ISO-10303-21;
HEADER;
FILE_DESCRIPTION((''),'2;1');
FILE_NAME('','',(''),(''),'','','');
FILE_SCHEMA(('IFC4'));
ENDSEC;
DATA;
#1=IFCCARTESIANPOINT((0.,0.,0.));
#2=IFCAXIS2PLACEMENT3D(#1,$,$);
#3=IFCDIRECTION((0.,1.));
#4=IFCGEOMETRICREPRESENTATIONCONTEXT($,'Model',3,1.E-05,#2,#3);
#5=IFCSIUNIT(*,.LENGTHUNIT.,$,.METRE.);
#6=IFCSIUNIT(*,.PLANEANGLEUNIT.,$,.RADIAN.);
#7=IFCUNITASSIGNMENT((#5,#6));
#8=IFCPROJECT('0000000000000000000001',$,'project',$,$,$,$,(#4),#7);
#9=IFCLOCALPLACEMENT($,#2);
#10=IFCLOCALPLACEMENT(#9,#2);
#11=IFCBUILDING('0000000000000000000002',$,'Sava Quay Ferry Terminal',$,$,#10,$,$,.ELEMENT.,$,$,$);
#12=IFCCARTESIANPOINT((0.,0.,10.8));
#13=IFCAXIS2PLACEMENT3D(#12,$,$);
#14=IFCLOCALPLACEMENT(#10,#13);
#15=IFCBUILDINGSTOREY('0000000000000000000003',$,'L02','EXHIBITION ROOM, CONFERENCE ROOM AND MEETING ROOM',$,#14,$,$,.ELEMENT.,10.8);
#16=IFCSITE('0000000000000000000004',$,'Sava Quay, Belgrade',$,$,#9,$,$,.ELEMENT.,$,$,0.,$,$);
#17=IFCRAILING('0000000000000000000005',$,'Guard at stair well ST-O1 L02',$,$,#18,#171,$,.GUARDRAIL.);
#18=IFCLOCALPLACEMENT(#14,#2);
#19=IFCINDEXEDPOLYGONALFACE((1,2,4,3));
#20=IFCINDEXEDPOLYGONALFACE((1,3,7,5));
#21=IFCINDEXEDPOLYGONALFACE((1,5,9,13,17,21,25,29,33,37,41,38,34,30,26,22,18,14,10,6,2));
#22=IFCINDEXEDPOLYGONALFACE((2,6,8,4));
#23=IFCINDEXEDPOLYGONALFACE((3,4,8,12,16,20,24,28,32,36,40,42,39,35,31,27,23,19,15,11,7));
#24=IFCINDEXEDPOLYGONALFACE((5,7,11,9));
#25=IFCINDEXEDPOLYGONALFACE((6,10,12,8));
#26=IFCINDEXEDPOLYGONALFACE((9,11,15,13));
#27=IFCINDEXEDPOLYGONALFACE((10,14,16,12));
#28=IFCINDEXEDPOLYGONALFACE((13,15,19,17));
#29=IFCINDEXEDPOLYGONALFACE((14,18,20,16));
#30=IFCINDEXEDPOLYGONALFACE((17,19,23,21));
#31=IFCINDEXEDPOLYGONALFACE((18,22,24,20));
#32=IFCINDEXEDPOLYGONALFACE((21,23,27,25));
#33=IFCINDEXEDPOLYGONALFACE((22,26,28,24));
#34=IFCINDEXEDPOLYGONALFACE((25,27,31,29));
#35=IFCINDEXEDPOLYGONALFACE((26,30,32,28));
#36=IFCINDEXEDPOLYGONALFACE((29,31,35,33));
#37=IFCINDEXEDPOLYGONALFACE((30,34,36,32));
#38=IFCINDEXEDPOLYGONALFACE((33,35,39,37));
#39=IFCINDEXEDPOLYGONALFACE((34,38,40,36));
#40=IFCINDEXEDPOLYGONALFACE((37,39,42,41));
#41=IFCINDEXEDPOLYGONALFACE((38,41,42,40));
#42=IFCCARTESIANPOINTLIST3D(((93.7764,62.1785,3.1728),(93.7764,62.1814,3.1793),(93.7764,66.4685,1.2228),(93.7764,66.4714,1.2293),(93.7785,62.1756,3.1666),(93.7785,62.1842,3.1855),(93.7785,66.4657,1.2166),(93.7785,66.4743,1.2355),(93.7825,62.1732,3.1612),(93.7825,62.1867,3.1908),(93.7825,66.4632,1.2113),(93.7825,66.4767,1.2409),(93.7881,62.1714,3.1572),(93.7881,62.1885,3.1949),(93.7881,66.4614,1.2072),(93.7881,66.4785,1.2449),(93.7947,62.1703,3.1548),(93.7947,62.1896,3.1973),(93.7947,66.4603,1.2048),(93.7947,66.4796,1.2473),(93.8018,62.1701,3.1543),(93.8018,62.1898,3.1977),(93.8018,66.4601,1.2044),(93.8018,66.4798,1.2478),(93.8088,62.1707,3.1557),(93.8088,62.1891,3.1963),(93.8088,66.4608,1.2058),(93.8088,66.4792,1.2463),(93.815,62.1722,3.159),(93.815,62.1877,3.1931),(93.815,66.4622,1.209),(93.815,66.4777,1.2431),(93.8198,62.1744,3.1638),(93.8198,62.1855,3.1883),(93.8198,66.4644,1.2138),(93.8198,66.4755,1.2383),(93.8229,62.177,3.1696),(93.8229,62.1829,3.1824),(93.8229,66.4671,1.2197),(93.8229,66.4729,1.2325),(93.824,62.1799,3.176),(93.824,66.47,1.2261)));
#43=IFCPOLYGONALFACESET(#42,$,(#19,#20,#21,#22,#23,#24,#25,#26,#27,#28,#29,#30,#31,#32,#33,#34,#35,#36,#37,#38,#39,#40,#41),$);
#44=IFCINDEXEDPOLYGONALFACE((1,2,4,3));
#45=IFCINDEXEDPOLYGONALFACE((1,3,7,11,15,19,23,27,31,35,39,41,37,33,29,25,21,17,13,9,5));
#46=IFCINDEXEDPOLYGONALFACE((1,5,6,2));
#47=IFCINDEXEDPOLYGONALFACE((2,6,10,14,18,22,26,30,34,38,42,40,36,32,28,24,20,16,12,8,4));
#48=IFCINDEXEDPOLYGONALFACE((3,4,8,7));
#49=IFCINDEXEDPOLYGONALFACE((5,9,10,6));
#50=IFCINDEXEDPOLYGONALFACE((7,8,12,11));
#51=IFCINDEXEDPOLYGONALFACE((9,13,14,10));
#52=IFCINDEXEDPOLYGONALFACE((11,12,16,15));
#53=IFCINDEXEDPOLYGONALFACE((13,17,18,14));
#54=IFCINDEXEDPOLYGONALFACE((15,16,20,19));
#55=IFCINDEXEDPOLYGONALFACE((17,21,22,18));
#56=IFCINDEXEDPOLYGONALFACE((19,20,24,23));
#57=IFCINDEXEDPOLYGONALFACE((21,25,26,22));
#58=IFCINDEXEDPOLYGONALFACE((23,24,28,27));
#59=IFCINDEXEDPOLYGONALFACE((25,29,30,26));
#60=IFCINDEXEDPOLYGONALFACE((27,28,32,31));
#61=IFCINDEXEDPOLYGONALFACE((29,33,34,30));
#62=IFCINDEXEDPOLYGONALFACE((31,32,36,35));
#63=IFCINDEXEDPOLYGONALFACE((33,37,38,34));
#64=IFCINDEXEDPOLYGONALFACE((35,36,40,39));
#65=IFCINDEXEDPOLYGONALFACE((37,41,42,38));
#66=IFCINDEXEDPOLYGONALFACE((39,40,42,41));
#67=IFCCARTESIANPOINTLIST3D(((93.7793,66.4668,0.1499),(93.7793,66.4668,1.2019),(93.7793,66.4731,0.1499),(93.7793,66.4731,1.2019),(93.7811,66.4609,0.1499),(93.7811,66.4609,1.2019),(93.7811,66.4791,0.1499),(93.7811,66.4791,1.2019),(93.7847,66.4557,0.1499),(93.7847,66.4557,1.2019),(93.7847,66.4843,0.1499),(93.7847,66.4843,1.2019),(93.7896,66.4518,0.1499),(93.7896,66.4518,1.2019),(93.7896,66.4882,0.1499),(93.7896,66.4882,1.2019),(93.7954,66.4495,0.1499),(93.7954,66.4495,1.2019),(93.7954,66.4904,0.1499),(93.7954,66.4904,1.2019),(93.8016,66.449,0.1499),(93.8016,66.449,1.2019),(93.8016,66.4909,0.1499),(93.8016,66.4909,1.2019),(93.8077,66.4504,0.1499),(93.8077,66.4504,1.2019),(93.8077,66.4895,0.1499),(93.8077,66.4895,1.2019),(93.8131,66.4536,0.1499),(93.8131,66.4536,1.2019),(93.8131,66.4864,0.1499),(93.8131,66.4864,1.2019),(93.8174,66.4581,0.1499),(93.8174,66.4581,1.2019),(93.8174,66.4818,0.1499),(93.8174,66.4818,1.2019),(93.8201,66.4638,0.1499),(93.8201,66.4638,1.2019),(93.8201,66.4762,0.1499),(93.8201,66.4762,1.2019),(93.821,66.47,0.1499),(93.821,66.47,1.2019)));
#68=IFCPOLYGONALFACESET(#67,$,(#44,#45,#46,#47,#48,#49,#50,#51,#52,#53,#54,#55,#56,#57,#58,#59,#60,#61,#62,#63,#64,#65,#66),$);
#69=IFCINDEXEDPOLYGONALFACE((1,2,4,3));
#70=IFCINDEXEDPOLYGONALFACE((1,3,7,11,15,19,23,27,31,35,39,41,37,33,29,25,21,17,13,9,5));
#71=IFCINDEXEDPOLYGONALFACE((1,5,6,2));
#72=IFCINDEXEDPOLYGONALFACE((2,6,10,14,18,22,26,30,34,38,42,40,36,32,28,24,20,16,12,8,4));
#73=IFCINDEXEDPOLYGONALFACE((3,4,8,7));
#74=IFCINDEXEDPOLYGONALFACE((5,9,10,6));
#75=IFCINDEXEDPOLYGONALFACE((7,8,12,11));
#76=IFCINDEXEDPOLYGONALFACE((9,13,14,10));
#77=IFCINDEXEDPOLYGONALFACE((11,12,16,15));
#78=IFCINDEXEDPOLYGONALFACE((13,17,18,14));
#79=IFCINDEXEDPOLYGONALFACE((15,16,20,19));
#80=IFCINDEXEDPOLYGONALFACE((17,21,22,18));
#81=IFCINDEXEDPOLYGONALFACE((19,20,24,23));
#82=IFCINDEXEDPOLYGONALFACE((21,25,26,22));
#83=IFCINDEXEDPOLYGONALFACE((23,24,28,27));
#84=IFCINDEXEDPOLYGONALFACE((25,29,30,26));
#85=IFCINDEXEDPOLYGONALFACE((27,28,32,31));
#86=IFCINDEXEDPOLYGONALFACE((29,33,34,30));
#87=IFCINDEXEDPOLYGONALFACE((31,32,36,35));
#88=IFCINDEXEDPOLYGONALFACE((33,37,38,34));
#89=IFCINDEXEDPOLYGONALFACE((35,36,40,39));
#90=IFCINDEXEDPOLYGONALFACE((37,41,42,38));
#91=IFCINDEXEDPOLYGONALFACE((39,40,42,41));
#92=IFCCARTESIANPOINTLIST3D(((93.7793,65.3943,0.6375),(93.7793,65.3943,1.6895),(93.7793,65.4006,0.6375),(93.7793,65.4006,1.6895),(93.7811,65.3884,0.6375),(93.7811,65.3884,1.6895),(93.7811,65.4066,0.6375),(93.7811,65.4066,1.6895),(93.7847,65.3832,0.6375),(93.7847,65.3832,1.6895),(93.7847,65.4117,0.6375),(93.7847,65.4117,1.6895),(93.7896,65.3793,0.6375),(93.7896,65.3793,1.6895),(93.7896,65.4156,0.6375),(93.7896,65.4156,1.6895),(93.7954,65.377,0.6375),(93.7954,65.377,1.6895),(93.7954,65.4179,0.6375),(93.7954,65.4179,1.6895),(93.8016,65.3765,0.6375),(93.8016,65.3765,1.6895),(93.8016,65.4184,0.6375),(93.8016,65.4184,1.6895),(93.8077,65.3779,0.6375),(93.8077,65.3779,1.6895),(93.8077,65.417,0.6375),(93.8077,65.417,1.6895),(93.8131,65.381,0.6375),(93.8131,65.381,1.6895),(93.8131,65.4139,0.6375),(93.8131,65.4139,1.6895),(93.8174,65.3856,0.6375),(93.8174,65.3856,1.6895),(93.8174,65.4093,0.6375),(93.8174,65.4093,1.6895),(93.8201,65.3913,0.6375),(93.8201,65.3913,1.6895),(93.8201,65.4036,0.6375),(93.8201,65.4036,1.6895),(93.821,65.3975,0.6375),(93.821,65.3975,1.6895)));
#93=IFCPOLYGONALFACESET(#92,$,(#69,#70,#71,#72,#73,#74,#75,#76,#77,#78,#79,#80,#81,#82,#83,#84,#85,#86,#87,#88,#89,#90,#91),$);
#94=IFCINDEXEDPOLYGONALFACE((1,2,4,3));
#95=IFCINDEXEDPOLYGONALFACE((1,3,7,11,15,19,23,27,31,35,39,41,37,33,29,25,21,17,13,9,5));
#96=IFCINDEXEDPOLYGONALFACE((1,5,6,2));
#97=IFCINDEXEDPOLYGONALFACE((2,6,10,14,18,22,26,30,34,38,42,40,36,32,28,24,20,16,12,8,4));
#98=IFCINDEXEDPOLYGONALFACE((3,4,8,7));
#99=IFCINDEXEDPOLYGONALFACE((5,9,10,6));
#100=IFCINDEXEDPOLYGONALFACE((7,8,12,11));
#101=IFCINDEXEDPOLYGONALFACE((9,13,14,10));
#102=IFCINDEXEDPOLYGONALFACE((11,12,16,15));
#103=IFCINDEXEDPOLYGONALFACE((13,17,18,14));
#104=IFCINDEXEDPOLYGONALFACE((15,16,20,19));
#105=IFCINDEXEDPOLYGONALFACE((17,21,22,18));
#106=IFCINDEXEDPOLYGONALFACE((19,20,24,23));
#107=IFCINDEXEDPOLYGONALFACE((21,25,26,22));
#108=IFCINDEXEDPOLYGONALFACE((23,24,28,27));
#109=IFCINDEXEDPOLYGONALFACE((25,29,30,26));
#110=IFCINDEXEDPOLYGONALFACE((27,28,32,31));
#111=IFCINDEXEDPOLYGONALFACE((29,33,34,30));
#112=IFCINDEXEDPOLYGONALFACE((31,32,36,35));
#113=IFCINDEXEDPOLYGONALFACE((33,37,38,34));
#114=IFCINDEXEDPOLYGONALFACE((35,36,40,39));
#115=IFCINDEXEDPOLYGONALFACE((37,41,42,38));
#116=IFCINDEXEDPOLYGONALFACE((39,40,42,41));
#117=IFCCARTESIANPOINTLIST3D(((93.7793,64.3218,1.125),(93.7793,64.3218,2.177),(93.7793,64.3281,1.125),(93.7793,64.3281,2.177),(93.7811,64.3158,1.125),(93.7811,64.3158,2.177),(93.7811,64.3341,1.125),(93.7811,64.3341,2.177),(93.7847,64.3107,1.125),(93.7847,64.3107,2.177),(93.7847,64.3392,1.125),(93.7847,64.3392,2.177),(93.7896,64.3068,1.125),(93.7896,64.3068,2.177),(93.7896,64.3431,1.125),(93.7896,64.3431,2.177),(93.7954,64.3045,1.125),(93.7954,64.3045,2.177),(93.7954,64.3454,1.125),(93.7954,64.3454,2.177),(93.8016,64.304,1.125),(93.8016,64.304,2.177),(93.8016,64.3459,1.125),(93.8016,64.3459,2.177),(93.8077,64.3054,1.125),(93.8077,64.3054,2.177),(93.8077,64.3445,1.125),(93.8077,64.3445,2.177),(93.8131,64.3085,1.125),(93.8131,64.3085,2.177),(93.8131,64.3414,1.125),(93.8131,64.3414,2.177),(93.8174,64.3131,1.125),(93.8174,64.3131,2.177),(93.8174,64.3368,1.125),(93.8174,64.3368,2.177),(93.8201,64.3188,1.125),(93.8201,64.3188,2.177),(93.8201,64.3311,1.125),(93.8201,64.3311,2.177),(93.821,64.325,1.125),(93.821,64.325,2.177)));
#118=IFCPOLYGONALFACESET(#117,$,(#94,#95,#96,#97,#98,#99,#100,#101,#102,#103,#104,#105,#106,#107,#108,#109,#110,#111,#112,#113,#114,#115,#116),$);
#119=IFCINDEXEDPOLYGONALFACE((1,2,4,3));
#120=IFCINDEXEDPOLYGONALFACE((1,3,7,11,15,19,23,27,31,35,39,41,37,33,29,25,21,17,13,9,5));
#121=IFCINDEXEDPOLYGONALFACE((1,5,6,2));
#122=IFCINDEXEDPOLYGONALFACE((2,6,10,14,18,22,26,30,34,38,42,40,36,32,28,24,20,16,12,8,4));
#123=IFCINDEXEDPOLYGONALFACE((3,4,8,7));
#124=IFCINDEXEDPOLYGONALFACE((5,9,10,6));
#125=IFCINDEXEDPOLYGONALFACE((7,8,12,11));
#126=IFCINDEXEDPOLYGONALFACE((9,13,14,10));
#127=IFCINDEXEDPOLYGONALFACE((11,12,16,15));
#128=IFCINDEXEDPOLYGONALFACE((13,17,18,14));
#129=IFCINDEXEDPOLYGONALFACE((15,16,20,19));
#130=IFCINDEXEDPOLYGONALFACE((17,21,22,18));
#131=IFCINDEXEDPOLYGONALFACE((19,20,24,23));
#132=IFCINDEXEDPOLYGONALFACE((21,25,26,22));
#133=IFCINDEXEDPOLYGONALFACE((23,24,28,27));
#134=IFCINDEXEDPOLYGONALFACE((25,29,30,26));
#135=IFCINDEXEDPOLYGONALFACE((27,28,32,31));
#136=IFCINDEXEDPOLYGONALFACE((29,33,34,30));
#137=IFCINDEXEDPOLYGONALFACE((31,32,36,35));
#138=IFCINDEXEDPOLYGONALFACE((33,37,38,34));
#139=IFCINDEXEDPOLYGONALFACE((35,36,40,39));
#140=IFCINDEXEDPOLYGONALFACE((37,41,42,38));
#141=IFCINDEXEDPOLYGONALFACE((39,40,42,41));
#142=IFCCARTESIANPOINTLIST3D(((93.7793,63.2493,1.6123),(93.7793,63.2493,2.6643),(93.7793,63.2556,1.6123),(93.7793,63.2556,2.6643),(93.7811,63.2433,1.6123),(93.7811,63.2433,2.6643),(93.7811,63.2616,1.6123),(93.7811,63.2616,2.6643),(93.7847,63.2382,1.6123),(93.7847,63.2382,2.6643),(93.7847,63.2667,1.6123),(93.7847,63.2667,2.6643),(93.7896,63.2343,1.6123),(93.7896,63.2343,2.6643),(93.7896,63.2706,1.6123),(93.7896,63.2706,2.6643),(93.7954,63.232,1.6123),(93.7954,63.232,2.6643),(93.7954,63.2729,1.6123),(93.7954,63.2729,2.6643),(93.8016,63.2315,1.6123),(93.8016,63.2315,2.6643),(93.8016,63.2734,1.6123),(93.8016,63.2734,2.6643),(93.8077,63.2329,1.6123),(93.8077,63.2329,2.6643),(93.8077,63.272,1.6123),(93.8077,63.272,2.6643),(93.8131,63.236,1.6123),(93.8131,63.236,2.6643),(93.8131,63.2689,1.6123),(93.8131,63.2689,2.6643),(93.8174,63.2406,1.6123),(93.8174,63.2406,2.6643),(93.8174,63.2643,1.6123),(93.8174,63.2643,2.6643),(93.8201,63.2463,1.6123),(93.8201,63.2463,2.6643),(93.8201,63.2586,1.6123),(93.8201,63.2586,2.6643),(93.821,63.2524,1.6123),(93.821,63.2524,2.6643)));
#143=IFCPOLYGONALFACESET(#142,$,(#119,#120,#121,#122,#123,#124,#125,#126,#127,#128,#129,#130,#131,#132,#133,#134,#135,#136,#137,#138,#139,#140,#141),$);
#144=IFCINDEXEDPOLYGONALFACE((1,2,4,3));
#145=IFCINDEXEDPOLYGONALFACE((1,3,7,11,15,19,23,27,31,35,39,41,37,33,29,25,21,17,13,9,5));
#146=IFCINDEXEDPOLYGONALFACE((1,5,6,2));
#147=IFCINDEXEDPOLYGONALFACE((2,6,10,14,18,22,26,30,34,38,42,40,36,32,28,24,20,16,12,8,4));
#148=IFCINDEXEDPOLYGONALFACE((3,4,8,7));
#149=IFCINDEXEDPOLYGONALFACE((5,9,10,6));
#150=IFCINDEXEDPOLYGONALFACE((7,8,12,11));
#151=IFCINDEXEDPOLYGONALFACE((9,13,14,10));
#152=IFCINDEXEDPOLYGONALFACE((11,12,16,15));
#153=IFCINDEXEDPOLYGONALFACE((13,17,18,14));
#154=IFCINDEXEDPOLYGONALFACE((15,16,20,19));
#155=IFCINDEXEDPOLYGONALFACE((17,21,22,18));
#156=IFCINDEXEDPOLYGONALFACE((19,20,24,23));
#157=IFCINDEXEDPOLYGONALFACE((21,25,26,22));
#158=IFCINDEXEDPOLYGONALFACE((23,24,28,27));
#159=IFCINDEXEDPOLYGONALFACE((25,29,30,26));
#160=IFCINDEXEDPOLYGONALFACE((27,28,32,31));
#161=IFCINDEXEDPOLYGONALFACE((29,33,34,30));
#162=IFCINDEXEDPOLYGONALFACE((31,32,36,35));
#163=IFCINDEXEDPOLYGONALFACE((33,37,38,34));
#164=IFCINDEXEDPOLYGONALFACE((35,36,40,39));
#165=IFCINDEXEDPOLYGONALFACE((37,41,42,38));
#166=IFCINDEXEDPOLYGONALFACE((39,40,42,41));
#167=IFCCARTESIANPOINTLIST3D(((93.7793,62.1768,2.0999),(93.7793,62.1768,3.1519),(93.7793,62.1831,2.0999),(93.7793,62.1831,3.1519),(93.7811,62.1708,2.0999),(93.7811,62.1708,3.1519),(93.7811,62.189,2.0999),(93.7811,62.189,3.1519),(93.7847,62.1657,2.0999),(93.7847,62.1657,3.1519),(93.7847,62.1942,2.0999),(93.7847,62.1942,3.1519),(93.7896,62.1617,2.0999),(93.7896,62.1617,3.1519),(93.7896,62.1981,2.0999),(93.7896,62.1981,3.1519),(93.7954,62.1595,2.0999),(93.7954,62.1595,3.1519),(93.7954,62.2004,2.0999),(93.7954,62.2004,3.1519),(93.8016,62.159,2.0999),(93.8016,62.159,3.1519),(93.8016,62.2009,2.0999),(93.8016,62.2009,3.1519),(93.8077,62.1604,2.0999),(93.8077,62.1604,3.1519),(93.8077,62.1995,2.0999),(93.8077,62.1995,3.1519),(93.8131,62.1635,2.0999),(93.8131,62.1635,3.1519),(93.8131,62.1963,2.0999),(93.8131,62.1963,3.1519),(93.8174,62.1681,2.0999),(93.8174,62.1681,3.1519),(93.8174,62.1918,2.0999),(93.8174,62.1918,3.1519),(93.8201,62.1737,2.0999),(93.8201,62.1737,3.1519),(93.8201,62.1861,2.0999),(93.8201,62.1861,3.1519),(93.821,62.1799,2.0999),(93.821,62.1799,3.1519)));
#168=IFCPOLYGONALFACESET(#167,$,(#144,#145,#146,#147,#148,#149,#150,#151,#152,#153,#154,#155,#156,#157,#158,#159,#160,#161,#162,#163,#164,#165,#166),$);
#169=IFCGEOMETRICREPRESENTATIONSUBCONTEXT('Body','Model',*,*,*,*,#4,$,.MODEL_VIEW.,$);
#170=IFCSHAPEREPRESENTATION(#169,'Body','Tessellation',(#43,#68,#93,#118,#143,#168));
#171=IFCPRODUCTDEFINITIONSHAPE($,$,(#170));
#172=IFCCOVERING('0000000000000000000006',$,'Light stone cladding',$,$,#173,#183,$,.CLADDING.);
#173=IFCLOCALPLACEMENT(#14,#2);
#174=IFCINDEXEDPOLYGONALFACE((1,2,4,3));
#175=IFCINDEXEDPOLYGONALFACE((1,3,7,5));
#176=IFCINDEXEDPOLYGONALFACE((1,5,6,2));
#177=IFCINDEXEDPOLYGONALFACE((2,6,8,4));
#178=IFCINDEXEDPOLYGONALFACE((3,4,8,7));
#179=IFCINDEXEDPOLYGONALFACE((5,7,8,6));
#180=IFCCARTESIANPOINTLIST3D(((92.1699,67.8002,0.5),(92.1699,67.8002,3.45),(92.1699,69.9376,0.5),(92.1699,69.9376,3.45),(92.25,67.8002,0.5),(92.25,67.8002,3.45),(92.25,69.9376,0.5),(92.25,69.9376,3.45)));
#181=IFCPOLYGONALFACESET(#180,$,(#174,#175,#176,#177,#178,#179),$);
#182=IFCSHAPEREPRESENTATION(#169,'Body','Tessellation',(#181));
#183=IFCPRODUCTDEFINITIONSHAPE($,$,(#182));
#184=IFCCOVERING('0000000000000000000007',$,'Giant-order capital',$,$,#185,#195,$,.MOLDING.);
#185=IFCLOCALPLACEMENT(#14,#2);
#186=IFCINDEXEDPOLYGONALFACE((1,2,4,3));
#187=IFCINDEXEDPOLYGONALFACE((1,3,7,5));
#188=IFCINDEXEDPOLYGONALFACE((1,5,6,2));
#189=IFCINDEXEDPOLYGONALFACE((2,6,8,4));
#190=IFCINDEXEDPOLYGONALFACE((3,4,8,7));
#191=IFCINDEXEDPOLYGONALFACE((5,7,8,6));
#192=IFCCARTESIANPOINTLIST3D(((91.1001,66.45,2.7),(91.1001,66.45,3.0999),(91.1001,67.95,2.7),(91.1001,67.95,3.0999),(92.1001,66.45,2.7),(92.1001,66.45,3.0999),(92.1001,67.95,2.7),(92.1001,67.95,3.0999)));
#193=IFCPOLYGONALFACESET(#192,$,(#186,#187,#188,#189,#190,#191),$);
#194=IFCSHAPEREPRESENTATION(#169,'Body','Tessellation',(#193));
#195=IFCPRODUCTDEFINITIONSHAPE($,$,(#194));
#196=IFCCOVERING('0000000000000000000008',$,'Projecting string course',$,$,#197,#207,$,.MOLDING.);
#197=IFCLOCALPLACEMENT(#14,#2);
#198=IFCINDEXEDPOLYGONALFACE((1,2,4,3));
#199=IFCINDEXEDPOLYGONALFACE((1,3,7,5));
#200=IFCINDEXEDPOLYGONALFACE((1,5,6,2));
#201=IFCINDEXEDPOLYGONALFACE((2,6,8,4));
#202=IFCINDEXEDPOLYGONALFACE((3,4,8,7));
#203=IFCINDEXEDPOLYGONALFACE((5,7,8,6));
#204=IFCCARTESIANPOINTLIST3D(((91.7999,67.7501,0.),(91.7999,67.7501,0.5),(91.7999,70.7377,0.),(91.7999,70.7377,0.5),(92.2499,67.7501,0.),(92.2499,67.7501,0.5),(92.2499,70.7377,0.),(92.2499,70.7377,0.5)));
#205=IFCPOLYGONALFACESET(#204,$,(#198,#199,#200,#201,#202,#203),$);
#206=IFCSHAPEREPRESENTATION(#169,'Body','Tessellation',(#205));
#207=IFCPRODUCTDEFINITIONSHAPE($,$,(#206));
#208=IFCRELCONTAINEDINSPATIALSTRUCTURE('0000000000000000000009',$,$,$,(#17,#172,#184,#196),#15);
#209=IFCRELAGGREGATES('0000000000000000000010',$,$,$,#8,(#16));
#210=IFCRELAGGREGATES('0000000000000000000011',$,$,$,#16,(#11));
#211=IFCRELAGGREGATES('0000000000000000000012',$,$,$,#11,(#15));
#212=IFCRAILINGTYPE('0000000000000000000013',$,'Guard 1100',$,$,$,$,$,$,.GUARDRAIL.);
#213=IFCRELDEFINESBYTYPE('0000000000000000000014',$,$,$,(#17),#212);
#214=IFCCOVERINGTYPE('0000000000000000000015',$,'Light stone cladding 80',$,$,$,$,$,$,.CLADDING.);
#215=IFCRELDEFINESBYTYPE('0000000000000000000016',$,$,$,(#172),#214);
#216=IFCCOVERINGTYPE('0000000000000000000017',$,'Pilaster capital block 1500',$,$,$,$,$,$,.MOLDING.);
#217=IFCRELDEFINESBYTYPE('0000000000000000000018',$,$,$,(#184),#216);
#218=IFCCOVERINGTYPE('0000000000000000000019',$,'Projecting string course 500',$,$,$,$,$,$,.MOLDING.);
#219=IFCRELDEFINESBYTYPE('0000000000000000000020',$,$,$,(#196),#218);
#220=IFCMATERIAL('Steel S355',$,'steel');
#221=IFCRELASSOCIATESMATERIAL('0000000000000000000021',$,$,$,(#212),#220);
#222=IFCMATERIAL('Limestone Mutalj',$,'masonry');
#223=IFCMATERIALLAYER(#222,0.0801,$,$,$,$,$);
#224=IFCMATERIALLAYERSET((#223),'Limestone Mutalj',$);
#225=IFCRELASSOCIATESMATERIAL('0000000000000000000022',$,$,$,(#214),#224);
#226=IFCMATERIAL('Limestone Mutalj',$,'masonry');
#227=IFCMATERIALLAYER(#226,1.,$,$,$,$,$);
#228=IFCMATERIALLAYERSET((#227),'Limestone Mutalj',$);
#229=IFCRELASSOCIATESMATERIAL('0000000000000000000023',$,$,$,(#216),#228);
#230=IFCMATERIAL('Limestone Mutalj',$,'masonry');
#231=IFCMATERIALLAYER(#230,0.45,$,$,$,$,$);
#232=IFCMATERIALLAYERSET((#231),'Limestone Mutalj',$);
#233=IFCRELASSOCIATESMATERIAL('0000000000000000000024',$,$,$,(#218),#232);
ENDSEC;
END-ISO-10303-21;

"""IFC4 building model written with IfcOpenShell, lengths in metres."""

from ifc_helpers import new_model, si_unit, direction, frame, origin, origin_2d, place, context, subcontext, project, spatial, rectangle, circle, extrude, material, layer, layer_set, type_object, element, save


model = new_model("IFC4")

# Units and contexts
model_context = context("Model", 3, precision=1e-05, world=origin(), true_north=direction((0.0, 1.0)))
body_context = subcontext(model_context, "Body", "Model", "MODEL_VIEW")
ifc_project = project(units=[si_unit("LENGTHUNIT", "METRE"), si_unit("PLANEANGLEUNIT", "RADIAN")], contexts=[model_context])

# Site, building, storey
site_placement = place(None, origin())
site = spatial("IfcSite", under=ifc_project, at=site_placement, Name="Sava Quay, Belgrade", CompositionType="ELEMENT", RefElevation=0.0)
building_placement = place(site_placement, origin())
building = spatial("IfcBuilding", under=site, at=building_placement, Name="Sava Quay Ferry Terminal", CompositionType="ELEMENT")
storey_placement = place(building_placement, frame((0.0, 0.0, 10.8)))
storey = spatial("IfcBuildingStorey", under=building, at=storey_placement, Name="L02", Description="EXHIBITION ROOM, CONFERENCE ROOM AND MEETING ROOM", CompositionType="ELEMENT", Elevation=10.8)

# Railing
ifc_material_1 = material(Name="Steel S355", Category="steel")
railing_type_1 = type_object("IfcRailingType", Name="Guard 1100", PredefinedType="GUARDRAIL", material=ifc_material_1)
railing_1_placement = place(storey_placement, frame((93.8, 66.47, 0.1499)))
element("IfcRailing", 1, at=railing_1_placement, inside=storey, type_object=railing_type_1, Name="Guard at stair well ST-O1 L02", PredefinedType="GUARDRAIL", context=body_context, shape_type="SweptSolid", body=[
    extrude(circle(Radius=0.0239, at=origin_2d()), frame((0.0, 0.0, 1.0762), z_axis=(0.0, -0.910372, 0.413791), x_axis=(1.0, 0.0, 0.0)), (0.0, 0.0, 1.0), 4.7124),
    extrude(circle(Radius=0.021, at=origin_2d()), origin(), (0.0, 0.0, 1.0), 1.052),
    extrude(circle(Radius=0.021, at=origin_2d()), frame((0.0, -1.0725, 0.4875)), (0.0, 0.0, 1.0), 1.052),
    extrude(circle(Radius=0.021, at=origin_2d()), frame((0.0, -2.145, 0.9751)), (0.0, 0.0, 1.0), 1.052),
    extrude(circle(Radius=0.021, at=origin_2d()), frame((0.0, -3.2175, 1.4624)), (0.0, 0.0, 1.0), 1.052),
    extrude(circle(Radius=0.021, at=origin_2d()), frame((0.0, -4.29, 1.95)), (0.0, 0.0, 1.0), 1.052),
])

# Coverings
ifc_material_2 = material(Name="Limestone Mutalj", Category="masonry")
ifc_layer_1 = layer(ifc_material_2, 0.0801)
ifc_layer_set_1 = layer_set([ifc_layer_1], Name="Limestone Mutalj")
covering_type_1 = type_object("IfcCoveringType", Name="Light stone cladding 80", PredefinedType="CLADDING", material=ifc_layer_set_1)
covering_1_placement = place(storey_placement, frame((92.21, 68.8689, 0.5), z_axis=(0.0, 0.0, 1.0), x_axis=(1.0, 0.0, 0.0)))
element("IfcCovering", 2, at=covering_1_placement, inside=storey, type_object=covering_type_1, Name="Light stone cladding", PredefinedType="CLADDING", context=body_context, shape_type="SweptSolid", body=[
    extrude(rectangle(XDim=0.0801, YDim=2.1375, at=origin_2d()), origin(), (0.0, 0.0, 1.0), 2.95),
])
ifc_material_3 = material(Name="Limestone Mutalj", Category="masonry")
ifc_layer_2 = layer(ifc_material_3, 1.0)
ifc_layer_set_2 = layer_set([ifc_layer_2], Name="Limestone Mutalj")
covering_type_2 = type_object("IfcCoveringType", Name="Pilaster capital block 1500", PredefinedType="MOLDING", material=ifc_layer_set_2)
covering_2_placement = place(storey_placement, frame((91.6001, 67.2, 2.7), z_axis=(0.0, 0.0, 1.0), x_axis=(1.0, 0.0, 0.0)))
element("IfcCovering", 3, at=covering_2_placement, inside=storey, type_object=covering_type_2, Name="Giant-order capital", PredefinedType="MOLDING", context=body_context, shape_type="SweptSolid", body=[
    extrude(rectangle(XDim=1.0, YDim=1.5, at=origin_2d()), origin(), (0.0, 0.0, 1.0), 0.3999),
])
ifc_material_4 = material(Name="Limestone Mutalj", Category="masonry")
ifc_layer_3 = layer(ifc_material_4, 0.45)
ifc_layer_set_3 = layer_set([ifc_layer_3], Name="Limestone Mutalj")
covering_type_3 = type_object("IfcCoveringType", Name="Projecting string course 500", PredefinedType="MOLDING", material=ifc_layer_set_3)
covering_3_placement = place(storey_placement, frame((92.0249, 69.2439, 0.0), z_axis=(0.0, 0.0, 1.0), x_axis=(1.0, 0.0, 0.0)))
element("IfcCovering", 4, at=covering_3_placement, inside=storey, type_object=covering_type_3, Name="Projecting string course", PredefinedType="MOLDING", context=body_context, shape_type="SweptSolid", body=[
    extrude(rectangle(XDim=0.45, YDim=2.9875, at=origin_2d()), origin(), (0.0, 0.0, 1.0), 0.5),
])

save(model, "model.ifc")
